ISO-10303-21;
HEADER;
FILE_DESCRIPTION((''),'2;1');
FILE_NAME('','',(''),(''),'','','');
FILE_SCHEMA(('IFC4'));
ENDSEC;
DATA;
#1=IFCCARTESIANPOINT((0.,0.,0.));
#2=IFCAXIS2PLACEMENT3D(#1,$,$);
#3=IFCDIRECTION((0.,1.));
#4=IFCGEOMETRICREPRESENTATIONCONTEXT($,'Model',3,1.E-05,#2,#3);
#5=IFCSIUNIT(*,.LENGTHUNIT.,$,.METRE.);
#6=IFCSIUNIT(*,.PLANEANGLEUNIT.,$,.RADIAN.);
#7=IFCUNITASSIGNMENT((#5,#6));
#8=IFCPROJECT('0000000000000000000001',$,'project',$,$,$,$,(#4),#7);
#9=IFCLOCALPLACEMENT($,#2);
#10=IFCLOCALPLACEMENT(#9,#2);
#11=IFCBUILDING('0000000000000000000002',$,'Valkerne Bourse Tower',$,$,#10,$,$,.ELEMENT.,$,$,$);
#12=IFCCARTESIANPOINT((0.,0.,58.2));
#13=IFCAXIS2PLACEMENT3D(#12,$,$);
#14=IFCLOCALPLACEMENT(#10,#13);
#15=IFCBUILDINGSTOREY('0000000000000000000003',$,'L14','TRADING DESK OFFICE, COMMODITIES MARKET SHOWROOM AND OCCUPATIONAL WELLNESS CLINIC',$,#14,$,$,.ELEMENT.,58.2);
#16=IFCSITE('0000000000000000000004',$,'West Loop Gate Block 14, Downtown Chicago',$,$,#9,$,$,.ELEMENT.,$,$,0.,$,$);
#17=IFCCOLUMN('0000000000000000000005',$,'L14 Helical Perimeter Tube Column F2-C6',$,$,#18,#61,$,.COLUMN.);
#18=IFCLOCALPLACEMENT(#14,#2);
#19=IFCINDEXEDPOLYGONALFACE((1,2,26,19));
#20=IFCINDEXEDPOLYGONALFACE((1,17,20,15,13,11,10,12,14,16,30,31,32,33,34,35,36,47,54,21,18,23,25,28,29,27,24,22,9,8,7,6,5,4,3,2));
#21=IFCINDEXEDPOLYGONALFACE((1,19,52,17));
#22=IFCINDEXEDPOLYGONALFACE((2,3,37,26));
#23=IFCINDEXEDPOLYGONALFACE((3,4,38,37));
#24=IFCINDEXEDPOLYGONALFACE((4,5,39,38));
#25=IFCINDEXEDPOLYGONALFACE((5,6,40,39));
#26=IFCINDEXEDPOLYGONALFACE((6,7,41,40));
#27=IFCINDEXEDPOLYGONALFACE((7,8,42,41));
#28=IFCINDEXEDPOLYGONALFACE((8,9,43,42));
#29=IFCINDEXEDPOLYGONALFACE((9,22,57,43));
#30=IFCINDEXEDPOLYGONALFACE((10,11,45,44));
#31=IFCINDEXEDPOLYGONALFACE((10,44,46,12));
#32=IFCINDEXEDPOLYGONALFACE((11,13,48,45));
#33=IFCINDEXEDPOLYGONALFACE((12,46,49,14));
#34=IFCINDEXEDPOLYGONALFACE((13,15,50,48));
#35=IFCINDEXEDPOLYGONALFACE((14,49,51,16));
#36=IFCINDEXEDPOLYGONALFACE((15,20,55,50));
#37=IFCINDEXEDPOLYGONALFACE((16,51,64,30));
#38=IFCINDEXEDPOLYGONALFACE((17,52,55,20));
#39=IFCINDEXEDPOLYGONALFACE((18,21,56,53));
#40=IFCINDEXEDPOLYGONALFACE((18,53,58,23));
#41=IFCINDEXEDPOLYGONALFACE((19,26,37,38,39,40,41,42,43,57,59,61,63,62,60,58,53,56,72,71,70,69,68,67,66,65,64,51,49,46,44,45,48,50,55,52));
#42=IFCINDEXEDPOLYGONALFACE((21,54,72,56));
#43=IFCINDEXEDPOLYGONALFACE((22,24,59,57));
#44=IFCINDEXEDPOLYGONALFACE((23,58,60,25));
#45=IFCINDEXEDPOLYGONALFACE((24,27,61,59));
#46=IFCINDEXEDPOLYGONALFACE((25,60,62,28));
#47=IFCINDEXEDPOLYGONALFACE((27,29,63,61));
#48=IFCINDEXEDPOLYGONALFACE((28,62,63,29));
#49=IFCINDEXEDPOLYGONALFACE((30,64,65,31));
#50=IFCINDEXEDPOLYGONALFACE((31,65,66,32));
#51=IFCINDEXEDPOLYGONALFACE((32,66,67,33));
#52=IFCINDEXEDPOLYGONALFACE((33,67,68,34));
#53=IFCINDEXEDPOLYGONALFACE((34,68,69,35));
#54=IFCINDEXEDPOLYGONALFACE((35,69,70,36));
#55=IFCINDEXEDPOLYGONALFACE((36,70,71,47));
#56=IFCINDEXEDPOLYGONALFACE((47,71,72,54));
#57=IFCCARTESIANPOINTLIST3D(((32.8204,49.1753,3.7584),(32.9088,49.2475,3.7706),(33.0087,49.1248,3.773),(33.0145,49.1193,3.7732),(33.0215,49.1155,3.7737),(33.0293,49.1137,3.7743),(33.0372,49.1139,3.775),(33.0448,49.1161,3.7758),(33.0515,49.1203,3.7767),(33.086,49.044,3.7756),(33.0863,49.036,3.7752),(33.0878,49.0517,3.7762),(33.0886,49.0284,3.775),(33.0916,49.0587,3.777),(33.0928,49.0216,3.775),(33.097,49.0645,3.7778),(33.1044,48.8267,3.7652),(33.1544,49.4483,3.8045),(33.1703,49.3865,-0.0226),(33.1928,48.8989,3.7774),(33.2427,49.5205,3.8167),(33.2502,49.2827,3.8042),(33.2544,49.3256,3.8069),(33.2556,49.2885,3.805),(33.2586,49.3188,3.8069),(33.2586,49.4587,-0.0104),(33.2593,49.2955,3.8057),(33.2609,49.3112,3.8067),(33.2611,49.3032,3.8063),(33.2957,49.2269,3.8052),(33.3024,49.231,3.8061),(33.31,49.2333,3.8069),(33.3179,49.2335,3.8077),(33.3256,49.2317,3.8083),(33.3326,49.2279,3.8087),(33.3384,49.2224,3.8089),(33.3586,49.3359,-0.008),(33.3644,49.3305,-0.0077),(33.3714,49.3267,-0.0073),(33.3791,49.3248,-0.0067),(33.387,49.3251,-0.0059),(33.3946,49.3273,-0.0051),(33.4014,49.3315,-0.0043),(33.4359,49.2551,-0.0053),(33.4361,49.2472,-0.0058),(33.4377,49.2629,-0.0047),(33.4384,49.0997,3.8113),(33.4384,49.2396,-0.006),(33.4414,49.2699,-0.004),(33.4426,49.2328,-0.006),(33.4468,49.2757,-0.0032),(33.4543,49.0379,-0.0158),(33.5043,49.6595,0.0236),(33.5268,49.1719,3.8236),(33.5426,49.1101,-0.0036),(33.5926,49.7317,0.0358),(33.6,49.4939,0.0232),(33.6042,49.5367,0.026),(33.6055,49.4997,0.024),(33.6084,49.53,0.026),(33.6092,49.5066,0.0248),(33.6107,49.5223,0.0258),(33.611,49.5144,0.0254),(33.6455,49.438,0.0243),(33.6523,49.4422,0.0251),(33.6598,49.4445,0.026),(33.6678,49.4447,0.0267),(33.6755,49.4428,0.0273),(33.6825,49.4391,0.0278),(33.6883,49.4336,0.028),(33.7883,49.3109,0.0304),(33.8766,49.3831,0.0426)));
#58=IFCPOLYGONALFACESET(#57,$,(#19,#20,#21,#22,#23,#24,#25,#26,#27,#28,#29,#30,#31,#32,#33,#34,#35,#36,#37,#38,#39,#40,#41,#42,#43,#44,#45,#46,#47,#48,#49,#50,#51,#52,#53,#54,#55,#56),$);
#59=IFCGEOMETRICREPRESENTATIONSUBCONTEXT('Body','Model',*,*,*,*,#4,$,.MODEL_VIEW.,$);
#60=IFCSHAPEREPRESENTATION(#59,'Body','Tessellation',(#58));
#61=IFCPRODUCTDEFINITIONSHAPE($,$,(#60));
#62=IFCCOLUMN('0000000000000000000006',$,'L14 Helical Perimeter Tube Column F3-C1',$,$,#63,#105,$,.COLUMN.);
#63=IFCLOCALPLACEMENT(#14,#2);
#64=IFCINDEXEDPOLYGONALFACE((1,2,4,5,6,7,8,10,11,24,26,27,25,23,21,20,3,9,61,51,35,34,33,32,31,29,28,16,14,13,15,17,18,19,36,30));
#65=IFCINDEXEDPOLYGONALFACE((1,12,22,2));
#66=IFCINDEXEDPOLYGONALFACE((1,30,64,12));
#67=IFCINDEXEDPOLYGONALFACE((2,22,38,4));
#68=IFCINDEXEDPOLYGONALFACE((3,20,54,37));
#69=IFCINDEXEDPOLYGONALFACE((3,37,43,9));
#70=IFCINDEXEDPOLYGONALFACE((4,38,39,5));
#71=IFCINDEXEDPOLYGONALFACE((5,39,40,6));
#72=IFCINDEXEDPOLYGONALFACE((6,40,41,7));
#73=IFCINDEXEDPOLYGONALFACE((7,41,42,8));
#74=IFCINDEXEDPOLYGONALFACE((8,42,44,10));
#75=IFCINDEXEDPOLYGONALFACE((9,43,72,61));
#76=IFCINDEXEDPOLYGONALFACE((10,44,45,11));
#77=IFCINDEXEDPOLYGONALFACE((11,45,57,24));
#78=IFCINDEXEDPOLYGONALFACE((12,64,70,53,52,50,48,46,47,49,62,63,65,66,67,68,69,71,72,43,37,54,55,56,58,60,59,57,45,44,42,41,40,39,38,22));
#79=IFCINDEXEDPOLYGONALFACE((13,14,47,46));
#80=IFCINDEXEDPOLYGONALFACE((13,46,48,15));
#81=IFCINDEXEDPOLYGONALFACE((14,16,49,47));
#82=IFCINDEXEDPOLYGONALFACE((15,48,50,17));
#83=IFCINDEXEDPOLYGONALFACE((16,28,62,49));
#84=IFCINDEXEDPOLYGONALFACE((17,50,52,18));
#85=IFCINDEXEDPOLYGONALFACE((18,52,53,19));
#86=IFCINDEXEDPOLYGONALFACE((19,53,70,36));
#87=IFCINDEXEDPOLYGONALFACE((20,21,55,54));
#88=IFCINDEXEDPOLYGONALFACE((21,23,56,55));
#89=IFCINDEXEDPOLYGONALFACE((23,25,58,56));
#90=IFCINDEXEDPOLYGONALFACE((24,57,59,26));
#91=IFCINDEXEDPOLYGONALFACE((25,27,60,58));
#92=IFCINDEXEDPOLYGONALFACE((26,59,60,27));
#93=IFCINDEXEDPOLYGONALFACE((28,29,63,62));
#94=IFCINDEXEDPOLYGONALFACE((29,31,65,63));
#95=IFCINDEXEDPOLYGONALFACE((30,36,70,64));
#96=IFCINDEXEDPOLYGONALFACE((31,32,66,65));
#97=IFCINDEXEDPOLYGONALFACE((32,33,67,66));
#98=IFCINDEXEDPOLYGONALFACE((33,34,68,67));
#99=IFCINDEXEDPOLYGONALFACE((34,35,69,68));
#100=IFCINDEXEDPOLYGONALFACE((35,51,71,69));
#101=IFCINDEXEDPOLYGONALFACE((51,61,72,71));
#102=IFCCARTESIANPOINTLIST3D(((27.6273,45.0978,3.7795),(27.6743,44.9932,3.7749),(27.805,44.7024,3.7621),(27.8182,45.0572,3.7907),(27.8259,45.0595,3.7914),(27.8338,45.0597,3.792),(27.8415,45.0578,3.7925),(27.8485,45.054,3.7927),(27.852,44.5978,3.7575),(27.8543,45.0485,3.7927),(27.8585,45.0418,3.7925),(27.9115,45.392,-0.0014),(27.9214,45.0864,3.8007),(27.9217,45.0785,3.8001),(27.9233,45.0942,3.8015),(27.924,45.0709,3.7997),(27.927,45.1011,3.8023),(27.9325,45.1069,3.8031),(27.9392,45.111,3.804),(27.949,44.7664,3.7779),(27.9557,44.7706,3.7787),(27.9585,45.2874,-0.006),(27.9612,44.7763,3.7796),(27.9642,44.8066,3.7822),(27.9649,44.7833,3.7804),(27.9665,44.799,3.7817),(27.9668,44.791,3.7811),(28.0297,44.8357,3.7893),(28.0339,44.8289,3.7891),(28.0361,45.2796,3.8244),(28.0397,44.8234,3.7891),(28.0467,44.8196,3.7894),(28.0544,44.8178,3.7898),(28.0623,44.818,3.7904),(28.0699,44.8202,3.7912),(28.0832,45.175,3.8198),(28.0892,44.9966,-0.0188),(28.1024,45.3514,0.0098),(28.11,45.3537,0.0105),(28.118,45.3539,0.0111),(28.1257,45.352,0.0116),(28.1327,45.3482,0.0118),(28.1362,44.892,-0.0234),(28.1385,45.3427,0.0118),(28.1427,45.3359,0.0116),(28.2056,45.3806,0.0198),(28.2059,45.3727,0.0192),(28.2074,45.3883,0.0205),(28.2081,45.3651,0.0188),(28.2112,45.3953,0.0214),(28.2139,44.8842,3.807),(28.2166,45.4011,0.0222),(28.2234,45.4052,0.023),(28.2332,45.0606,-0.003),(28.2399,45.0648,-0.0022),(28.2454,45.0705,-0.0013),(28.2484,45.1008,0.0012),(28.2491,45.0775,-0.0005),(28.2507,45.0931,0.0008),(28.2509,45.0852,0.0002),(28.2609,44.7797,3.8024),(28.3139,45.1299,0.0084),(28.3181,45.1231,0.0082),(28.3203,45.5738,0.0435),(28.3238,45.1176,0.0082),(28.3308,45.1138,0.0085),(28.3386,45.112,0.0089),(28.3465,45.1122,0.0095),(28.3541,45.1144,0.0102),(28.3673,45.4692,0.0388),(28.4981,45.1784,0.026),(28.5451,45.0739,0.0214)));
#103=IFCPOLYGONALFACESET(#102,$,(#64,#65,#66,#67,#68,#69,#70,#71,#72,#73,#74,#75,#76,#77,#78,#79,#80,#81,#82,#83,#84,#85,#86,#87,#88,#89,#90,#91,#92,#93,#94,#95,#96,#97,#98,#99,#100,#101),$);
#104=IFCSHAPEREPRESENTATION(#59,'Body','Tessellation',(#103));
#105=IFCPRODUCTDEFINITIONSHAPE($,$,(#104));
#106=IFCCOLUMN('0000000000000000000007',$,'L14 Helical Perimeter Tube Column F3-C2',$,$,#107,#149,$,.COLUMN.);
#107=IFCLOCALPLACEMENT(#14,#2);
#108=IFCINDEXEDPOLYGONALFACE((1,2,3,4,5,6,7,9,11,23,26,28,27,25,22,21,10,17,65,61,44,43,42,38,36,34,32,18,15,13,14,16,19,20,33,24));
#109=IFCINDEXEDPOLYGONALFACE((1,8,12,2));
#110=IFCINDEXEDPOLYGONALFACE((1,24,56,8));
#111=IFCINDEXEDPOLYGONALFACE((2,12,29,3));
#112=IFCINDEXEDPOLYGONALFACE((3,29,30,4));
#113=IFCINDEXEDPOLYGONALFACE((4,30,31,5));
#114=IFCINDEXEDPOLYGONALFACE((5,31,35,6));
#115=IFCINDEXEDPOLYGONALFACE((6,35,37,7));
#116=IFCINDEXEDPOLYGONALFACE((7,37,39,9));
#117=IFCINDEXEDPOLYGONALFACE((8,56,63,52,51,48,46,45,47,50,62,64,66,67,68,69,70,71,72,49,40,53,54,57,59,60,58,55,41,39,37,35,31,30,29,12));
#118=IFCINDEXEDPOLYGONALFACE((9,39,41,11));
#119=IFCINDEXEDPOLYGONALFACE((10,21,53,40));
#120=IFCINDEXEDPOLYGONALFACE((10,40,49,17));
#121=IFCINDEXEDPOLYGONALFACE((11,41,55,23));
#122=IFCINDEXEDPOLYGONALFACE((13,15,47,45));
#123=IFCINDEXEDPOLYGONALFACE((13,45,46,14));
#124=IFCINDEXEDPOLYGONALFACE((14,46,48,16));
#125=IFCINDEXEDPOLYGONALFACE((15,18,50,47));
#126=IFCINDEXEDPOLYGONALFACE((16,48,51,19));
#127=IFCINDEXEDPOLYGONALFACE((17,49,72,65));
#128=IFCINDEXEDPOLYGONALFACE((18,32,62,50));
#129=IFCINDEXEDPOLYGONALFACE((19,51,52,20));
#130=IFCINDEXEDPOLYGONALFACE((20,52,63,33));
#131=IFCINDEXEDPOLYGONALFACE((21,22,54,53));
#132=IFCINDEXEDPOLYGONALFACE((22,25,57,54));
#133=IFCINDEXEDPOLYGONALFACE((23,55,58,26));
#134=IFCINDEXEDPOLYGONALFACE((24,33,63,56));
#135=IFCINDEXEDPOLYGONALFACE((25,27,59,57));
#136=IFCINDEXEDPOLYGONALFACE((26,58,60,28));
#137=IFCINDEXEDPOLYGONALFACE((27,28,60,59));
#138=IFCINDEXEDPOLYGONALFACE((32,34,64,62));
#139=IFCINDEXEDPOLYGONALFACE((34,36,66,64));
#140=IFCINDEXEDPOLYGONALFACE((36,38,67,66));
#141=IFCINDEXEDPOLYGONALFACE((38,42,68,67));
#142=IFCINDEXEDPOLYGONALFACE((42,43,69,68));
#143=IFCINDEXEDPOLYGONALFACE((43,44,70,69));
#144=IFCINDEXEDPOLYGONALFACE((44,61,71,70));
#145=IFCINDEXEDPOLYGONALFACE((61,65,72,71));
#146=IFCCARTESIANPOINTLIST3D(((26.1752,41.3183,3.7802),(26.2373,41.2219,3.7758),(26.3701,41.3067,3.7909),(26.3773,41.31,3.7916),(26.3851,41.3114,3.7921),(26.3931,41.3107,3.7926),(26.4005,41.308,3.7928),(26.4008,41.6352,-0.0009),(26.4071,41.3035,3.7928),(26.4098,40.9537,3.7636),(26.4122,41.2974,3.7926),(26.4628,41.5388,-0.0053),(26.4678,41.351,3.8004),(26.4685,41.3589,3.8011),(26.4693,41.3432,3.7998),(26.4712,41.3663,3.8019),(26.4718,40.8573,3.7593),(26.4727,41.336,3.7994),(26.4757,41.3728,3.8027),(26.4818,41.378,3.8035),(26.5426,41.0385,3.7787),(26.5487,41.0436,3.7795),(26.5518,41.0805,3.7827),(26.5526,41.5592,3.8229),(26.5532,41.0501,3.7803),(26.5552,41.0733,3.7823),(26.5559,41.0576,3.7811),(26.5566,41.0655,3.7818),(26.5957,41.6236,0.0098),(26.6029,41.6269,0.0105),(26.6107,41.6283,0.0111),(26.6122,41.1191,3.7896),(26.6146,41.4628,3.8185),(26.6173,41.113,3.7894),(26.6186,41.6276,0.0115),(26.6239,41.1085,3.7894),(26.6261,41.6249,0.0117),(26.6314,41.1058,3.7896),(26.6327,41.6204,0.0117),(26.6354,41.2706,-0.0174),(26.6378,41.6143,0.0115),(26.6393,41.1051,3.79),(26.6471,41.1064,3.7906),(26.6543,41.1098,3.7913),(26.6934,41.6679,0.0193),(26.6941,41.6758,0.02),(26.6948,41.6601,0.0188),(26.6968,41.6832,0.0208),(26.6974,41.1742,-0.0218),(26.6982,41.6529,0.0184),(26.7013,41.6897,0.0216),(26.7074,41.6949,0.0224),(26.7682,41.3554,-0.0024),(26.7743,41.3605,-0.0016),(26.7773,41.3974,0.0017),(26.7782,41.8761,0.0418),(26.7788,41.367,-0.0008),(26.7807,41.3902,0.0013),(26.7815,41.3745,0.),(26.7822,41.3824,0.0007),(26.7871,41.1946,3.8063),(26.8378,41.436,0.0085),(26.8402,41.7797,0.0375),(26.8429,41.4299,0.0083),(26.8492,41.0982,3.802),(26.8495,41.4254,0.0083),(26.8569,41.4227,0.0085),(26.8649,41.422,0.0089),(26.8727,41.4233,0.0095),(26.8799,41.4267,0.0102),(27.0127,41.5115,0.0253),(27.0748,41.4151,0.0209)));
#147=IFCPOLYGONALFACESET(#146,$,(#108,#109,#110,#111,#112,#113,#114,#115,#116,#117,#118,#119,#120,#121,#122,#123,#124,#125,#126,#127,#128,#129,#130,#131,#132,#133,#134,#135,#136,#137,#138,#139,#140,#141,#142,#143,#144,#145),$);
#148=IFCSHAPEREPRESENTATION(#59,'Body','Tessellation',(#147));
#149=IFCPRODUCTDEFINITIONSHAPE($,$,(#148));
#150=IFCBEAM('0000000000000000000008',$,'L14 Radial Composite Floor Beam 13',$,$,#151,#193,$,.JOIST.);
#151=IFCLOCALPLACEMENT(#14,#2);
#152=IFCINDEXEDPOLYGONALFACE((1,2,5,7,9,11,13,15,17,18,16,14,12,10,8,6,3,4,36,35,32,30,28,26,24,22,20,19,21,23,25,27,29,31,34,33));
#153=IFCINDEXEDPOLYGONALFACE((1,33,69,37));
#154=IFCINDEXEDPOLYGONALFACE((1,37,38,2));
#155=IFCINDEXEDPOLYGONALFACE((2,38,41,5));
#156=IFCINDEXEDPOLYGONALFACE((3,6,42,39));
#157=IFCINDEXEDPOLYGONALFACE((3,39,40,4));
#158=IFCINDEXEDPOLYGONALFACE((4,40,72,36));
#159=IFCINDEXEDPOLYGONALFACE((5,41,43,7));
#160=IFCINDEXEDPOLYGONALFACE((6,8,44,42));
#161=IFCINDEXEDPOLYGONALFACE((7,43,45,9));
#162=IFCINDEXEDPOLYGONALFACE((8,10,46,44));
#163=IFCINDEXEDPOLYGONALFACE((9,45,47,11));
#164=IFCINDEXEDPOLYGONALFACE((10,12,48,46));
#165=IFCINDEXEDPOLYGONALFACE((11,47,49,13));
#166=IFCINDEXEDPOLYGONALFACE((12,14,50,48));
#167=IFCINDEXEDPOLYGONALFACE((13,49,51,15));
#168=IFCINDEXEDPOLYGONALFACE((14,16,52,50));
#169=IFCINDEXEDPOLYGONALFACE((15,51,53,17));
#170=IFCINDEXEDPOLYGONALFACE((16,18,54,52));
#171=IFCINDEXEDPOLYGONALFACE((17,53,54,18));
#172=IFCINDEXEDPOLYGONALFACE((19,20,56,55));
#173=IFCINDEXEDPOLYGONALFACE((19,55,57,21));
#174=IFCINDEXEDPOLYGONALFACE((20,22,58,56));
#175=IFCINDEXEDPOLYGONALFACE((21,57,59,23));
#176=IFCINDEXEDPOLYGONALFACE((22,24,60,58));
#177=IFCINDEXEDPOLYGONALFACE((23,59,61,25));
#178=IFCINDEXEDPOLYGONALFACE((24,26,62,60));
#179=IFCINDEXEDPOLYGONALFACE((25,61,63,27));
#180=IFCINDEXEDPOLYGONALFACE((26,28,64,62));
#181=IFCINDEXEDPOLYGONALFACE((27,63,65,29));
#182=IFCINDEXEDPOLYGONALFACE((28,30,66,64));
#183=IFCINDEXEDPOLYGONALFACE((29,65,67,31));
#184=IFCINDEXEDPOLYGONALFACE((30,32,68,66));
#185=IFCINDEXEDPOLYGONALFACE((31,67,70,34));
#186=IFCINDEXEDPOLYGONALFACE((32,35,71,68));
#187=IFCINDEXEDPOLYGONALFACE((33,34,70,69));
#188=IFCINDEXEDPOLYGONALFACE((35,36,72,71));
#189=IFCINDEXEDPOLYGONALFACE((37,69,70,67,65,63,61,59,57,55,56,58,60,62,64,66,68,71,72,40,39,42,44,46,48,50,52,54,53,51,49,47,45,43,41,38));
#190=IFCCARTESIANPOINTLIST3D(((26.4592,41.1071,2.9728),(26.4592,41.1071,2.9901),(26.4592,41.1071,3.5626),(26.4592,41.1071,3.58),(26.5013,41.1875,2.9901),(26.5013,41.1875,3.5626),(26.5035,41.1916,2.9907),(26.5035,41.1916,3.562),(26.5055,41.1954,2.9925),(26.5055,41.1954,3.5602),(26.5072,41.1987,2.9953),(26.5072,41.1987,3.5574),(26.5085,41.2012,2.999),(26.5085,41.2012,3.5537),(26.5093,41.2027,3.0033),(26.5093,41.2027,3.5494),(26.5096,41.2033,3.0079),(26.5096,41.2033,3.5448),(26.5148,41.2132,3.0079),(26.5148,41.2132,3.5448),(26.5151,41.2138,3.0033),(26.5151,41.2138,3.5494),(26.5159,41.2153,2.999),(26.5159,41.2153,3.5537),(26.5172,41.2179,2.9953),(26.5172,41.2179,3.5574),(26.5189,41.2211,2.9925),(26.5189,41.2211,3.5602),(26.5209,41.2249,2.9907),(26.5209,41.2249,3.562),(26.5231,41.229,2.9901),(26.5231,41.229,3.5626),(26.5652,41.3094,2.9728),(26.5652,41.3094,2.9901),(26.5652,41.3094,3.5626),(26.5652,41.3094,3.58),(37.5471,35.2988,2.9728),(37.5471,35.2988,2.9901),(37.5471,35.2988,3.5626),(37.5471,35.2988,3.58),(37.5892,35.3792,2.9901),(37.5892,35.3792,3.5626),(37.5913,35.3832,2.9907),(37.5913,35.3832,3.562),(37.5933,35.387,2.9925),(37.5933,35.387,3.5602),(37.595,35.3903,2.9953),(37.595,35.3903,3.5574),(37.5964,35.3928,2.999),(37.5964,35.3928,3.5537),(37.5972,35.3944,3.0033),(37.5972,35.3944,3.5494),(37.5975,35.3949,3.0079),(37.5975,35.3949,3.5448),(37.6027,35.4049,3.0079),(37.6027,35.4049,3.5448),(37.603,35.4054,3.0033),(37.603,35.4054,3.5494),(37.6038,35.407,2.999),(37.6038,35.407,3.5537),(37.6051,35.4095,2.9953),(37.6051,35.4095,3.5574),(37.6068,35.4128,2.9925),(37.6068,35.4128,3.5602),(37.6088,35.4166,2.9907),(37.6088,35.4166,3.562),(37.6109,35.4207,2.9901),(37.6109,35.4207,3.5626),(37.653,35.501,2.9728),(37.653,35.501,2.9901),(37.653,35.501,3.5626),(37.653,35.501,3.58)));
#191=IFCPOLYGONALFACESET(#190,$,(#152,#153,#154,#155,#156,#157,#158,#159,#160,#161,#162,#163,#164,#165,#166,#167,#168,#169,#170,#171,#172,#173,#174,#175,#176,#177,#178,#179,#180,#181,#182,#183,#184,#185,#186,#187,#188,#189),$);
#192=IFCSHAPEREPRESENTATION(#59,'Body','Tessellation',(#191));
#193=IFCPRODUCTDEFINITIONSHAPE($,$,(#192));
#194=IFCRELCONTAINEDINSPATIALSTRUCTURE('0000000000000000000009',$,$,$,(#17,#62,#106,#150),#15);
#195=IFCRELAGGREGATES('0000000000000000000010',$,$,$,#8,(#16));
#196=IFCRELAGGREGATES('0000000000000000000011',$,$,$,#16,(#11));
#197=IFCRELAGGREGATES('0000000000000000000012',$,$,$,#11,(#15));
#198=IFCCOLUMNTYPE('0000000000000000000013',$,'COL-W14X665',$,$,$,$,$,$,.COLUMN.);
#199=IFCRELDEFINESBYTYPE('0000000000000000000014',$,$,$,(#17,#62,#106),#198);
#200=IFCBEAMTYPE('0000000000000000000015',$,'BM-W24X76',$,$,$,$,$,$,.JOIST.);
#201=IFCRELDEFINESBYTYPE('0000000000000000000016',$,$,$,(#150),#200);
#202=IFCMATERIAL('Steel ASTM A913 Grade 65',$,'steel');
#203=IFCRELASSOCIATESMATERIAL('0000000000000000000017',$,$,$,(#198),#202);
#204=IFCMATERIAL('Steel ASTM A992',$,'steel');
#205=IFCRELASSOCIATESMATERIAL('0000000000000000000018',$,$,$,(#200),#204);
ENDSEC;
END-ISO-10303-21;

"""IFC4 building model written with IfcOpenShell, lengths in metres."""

from ifc_helpers import new_model, si_unit, direction, frame, origin, origin_2d, place, context, subcontext, project, spatial, i_section, extrude, material, material_profile, profile_set, type_object, element, save


model = new_model("IFC4")

# Units and contexts
model_context = context("Model", 3, precision=1e-05, world=origin(), true_north=direction((0.0, 1.0)))
body_context = subcontext(model_context, "Body", "Model", "MODEL_VIEW")
ifc_project = project(units=[si_unit("LENGTHUNIT", "METRE"), si_unit("PLANEANGLEUNIT", "RADIAN")], contexts=[model_context])

# Site, building, storey
site_placement = place(None, origin())
site = spatial("IfcSite", under=ifc_project, at=site_placement, Name="West Loop Gate Block 14, Downtown Chicago", CompositionType="ELEMENT", RefElevation=0.0)
building_placement = place(site_placement, origin())
building = spatial("IfcBuilding", under=site, at=building_placement, Name="Valkerne Bourse Tower", CompositionType="ELEMENT")
storey_placement = place(building_placement, frame((0.0, 0.0, 58.2)))
storey = spatial("IfcBuildingStorey", under=building, at=storey_placement, Name="L14", Description="TRADING DESK OFFICE, COMMODITIES MARKET SHOWROOM AND OCCUPATIONAL WELLNESS CLINIC", CompositionType="ELEMENT", Elevation=58.2)

# Columns
ifc_material_1 = material(Name="Steel ASTM A913 Grade 65", Category="steel")
ifc_material_profile_1 = material_profile(ifc_material_1, i_section(OverallWidth=0.4497, OverallDepth=0.5486, WebThickness=0.072, FlangeThickness=0.1147, FilletRadius=0.0305, at=origin_2d()), Name="W14X665")
ifc_profile_set_1 = profile_set([ifc_material_profile_1], Name="Steel ASTM A913 Grade 65")
column_type = type_object("IfcColumnType", Name="COL-W14X665", PredefinedType="COLUMN", material=ifc_profile_set_1)
for number, where, z_axis, x_axis, name in (
    (1, (33.5234, 49.3848, 0.01), (-0.091993, -0.05553, 0.99421), (-0.631553, 0.775185, -0.01514), "L14 Helical Perimeter Tube Column F2-C6"),
    (2, (28.2283, 45.2329, 0.01), (-0.074724, -0.077356, 0.994199), (-0.909155, -0.404324, -0.099791), "L14 Helical Perimeter Tube Column F3-C1"),
):
    element("IfcColumn", number, at=place(storey_placement, frame(where, z_axis=z_axis, x_axis=x_axis)), inside=storey, type_object=column_type, Name=name, PredefinedType="COLUMN", context=body_context, shape_type="SweptSolid", body=[
        extrude(i_section(OverallWidth=0.4497, OverallDepth=0.5486, WebThickness=0.072, FlangeThickness=0.1147, FilletRadius=0.0305, at=origin_2d()), origin(), (0.0, 0.0, 1.0), 3.803),
    ])
column_placement = place(storey_placement, frame((26.7378, 41.5251, 0.01), z_axis=(-0.05935, -0.083372, 0.99475), x_axis=(-0.839116, -0.5356, -0.094954)))
element("IfcColumn", 3, at=column_placement, inside=storey, type_object=column_type, Name="L14 Helical Perimeter Tube Column F3-C2", PredefinedType="COLUMN", context=body_context, shape_type="SweptSolid", body=[
    extrude(i_section(OverallWidth=0.4497, OverallDepth=0.5486, WebThickness=0.072, FlangeThickness=0.1147, FilletRadius=0.0305, at=origin_2d()), origin(), (0.0, 0.0, 1.0), 3.801),
])

# Beam
ifc_material_2 = material(Name="Steel ASTM A992", Category="steel")
ifc_material_profile_2 = material_profile(ifc_material_2, i_section(OverallWidth=0.2283, OverallDepth=0.6072, WebThickness=0.0112, FlangeThickness=0.0173, FilletRadius=0.0178, at=origin_2d()), Name="W24X76")
ifc_profile_set_2 = profile_set([ifc_material_profile_2], Name="Steel ASTM A992")
beam_type_1 = type_object("IfcBeamType", Name="BM-W24X76", PredefinedType="JOIST", material=ifc_profile_set_2)
beam_1_placement = place(storey_placement, frame((26.5122, 41.2083, 3.2764), z_axis=(0.885818, -0.464033, 0.0), x_axis=(0.464033, 0.885818, 0.0)))
element("IfcBeam", 4, at=beam_1_placement, inside=storey, type_object=beam_type_1, Name="L14 Radial Composite Floor Beam 13", PredefinedType="JOIST", context=body_context, shape_type="SweptSolid", body=[
    extrude(i_section(OverallWidth=0.2283, OverallDepth=0.6072, WebThickness=0.0112, FlangeThickness=0.0173, FilletRadius=0.0178, at=origin_2d()), origin(), (0.0, 0.0, 1.0), 12.5171),
])

save(model, "model.ifc")
